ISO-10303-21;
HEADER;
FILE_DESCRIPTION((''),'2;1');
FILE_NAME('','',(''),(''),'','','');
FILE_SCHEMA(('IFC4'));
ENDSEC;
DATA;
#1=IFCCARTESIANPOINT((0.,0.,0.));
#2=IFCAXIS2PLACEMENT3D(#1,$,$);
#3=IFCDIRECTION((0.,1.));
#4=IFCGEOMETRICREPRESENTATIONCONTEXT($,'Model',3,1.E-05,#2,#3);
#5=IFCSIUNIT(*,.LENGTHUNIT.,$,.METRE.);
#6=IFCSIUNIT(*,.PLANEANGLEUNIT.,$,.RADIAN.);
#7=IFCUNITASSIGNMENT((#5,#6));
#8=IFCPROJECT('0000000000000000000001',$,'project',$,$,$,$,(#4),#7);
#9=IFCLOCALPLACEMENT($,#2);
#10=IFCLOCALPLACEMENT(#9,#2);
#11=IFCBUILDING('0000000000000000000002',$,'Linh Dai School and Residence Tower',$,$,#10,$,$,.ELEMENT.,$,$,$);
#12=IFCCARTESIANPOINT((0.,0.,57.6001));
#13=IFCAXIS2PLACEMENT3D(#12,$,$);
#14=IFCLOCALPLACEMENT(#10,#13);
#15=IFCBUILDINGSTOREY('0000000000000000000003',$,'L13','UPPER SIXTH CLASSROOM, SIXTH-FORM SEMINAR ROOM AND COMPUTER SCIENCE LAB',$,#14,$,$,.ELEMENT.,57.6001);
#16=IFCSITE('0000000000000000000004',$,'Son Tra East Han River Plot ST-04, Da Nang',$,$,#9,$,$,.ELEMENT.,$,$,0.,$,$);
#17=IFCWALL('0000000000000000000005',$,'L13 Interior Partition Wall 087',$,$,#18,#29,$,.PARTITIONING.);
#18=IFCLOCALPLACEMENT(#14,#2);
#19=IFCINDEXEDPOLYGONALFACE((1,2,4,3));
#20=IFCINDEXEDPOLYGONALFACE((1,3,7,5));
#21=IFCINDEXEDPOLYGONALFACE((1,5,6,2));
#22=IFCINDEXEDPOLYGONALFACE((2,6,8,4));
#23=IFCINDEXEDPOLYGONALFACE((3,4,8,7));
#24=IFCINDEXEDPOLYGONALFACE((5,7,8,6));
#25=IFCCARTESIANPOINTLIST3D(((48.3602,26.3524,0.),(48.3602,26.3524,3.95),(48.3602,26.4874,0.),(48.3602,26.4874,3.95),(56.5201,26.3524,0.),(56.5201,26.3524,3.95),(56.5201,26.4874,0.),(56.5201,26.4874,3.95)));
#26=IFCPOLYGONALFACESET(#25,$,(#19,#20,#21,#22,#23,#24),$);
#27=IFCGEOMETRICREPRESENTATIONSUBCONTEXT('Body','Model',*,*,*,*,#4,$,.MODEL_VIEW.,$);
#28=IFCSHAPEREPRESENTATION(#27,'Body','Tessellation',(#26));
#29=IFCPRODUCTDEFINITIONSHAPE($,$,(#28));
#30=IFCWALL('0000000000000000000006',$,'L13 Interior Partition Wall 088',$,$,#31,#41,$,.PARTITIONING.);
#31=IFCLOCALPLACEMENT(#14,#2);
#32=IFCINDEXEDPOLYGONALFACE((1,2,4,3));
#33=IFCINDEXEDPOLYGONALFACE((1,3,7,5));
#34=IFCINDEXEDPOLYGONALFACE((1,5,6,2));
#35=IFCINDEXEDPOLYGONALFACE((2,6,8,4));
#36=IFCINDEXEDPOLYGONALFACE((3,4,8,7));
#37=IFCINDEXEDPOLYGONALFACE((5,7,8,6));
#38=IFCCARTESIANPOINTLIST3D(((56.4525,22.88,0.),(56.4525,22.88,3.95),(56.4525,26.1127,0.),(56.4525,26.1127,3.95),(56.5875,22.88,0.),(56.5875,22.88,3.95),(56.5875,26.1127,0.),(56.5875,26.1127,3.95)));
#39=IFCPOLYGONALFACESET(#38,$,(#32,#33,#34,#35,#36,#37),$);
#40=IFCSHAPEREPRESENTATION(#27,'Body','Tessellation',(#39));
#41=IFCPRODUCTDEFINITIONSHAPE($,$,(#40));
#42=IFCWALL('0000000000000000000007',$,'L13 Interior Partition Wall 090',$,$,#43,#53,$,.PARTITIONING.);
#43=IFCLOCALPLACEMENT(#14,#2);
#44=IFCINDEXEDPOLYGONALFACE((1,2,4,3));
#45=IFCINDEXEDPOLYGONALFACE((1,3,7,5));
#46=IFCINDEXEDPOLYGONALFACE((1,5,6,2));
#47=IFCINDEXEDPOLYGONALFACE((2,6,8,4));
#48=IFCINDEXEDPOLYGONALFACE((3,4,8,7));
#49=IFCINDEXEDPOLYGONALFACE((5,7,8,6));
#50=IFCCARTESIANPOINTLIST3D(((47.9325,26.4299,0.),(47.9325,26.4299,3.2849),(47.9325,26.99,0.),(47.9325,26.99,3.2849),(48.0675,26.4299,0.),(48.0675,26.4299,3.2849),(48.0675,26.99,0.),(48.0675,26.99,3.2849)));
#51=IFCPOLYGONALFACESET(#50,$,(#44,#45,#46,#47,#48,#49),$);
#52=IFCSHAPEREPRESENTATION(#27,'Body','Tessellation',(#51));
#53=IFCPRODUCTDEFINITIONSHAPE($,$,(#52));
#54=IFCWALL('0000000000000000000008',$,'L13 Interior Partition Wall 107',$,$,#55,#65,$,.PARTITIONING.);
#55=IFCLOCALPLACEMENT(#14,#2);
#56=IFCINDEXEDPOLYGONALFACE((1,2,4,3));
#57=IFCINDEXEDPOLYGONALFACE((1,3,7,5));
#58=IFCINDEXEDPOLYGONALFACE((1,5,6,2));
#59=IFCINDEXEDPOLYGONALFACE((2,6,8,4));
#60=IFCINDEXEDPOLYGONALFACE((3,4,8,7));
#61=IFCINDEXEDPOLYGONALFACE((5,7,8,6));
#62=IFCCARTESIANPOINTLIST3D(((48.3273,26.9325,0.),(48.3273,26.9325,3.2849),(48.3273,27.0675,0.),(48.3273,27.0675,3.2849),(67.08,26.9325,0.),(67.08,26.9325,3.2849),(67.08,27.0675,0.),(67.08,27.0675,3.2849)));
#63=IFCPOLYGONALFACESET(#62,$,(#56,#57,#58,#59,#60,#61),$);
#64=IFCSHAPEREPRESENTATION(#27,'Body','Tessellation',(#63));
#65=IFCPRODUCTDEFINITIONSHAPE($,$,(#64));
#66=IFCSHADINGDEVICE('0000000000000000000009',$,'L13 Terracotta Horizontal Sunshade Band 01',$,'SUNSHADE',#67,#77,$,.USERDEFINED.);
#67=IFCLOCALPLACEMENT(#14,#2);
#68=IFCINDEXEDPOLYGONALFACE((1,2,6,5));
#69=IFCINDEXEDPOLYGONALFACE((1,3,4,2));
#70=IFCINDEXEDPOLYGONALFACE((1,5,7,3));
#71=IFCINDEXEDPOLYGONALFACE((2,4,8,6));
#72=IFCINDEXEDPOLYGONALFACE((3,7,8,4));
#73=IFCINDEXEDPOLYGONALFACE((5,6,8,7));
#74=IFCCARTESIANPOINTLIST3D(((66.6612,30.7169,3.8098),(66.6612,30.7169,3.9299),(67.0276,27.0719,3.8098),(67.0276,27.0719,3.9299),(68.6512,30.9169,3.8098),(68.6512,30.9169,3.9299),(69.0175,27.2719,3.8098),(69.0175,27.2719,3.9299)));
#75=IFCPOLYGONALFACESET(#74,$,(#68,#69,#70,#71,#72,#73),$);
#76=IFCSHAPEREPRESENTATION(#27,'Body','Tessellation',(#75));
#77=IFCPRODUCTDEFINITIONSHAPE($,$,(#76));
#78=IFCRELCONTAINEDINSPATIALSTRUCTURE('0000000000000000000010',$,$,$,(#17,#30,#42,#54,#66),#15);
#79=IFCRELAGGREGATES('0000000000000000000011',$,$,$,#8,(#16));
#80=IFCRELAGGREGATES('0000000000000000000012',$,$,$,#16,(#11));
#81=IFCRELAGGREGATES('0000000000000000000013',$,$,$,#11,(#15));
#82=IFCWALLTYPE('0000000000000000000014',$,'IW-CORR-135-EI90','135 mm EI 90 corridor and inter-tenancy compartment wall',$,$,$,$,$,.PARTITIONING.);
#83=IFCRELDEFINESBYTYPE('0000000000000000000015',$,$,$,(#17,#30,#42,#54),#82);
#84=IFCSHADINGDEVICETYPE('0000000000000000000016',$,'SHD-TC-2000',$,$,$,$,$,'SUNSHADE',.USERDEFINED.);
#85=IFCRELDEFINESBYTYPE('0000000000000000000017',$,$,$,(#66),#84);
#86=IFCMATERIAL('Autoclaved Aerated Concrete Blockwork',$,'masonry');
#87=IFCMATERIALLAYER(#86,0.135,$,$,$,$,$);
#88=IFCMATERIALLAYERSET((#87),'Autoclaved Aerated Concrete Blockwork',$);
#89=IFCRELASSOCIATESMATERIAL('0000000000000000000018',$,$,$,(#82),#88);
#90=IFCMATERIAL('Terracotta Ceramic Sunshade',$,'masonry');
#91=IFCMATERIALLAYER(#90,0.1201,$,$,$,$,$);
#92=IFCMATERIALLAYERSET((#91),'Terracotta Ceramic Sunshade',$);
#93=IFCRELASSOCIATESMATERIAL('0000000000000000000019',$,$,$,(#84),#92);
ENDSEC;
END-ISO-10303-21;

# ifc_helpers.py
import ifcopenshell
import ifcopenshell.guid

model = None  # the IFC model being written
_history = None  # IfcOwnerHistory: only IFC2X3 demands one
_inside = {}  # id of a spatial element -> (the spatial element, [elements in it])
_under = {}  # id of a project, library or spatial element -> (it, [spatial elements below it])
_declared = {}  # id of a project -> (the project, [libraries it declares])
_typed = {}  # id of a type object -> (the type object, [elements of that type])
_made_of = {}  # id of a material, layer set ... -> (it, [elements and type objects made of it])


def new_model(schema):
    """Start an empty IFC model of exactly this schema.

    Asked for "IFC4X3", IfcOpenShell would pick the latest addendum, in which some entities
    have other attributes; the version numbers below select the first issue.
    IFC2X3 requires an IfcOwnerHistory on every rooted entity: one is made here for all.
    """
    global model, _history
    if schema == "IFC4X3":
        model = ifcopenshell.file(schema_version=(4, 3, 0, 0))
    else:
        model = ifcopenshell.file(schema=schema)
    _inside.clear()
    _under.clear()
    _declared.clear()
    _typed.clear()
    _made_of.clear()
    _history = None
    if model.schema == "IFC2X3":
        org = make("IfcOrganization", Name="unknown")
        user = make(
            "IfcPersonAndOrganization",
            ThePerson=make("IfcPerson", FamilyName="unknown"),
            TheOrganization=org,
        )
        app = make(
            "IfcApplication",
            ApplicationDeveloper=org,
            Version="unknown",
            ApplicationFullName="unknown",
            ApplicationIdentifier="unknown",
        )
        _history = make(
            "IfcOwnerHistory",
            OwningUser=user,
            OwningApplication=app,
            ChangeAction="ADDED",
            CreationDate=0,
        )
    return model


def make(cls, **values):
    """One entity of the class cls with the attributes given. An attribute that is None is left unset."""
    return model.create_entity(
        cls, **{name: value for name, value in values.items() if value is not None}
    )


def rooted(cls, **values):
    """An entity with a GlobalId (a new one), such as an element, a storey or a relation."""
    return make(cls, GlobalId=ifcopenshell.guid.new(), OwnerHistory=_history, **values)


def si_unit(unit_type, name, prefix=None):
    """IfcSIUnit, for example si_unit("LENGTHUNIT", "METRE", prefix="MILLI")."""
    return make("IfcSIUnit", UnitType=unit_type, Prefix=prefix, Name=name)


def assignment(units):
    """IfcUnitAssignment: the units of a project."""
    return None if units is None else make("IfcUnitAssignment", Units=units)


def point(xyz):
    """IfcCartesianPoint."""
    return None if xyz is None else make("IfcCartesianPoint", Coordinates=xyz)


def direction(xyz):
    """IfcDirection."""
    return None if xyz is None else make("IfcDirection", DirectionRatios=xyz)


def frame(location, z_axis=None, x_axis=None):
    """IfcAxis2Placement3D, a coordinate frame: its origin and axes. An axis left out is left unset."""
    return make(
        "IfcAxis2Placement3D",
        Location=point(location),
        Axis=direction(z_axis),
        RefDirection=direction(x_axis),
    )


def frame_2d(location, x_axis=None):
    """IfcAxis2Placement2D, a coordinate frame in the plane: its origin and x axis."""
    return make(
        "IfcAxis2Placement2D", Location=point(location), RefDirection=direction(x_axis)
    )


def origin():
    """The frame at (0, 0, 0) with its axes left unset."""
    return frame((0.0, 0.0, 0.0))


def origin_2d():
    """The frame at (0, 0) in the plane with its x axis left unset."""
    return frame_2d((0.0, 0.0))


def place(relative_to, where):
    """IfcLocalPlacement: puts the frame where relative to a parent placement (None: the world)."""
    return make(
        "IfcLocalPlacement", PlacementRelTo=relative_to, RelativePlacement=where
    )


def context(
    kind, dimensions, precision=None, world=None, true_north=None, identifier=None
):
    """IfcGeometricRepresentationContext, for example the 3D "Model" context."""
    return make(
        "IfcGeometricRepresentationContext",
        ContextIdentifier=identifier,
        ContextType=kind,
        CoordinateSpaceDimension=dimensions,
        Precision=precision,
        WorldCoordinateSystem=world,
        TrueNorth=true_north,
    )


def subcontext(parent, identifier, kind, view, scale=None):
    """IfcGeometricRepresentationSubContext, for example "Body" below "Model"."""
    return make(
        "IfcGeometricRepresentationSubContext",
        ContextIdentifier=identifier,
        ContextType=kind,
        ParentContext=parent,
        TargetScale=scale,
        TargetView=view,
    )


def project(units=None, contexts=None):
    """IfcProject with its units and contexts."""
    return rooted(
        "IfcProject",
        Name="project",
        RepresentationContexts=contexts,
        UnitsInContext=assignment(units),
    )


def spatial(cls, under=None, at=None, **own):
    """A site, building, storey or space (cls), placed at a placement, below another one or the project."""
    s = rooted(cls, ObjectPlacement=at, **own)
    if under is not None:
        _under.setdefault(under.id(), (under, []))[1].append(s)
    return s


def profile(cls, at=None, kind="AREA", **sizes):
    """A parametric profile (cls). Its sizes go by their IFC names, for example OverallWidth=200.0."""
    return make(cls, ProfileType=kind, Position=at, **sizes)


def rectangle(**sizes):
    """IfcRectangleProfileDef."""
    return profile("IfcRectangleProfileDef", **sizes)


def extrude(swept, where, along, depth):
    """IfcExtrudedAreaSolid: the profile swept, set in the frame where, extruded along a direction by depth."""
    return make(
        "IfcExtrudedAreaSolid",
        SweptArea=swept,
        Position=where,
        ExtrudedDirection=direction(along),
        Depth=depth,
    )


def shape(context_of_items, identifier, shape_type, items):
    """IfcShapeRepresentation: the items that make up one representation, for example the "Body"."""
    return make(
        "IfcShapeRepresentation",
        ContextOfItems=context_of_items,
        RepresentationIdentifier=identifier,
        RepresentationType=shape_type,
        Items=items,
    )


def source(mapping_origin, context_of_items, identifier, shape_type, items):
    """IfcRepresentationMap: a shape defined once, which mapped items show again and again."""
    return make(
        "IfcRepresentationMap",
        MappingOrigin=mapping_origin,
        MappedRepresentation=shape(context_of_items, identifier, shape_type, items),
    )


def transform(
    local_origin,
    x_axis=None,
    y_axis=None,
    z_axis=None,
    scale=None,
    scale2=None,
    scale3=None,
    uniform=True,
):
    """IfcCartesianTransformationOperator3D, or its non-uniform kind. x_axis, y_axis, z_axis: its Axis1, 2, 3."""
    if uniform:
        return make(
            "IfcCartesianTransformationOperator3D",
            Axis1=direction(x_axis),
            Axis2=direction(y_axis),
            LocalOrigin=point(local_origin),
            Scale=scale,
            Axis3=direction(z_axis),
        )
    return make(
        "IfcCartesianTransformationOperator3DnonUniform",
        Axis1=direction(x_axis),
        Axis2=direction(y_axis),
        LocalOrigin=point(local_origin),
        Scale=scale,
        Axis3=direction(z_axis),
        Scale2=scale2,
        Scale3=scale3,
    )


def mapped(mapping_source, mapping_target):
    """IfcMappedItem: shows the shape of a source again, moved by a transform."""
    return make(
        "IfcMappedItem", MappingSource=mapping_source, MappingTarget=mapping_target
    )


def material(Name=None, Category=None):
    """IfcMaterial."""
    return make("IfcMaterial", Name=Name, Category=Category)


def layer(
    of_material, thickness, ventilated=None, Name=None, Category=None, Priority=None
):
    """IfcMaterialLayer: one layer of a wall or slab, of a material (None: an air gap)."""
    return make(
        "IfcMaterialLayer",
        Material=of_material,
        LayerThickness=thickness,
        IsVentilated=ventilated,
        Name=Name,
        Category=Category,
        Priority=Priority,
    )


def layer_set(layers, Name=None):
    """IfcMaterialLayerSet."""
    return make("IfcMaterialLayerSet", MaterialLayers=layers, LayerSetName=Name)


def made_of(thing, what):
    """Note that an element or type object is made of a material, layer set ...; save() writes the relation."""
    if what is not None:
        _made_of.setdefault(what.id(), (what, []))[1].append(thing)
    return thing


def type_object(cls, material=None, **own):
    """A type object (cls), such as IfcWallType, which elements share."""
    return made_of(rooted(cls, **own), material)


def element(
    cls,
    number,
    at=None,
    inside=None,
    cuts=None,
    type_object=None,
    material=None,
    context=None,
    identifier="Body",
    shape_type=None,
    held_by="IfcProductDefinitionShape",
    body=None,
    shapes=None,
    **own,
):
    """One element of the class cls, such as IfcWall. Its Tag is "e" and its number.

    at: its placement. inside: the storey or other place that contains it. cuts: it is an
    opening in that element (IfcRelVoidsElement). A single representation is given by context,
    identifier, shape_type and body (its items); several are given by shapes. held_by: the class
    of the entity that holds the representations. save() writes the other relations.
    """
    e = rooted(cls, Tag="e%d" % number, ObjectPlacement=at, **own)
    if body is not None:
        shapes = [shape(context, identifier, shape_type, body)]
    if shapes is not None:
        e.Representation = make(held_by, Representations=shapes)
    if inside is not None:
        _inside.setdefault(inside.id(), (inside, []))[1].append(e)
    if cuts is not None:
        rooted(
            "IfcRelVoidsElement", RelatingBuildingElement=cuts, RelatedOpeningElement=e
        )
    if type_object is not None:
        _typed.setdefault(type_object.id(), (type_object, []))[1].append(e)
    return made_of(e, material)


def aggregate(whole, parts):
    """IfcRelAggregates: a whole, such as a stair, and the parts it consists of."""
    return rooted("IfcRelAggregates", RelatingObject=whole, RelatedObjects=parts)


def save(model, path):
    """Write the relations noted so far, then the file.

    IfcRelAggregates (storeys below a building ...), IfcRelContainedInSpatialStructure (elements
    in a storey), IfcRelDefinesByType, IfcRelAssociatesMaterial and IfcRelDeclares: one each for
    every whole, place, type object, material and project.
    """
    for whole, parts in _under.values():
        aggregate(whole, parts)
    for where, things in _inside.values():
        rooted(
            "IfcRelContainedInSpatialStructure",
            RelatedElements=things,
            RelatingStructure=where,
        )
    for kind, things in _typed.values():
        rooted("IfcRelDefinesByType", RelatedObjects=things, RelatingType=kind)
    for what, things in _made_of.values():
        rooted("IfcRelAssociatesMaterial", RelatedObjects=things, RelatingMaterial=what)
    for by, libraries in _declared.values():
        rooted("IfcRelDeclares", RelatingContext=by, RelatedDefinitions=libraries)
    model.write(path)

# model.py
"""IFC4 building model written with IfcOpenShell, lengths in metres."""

from ifc_helpers import new_model, si_unit, direction, frame, frame_2d, origin, origin_2d, place, context, subcontext, project, spatial, rectangle, extrude, source, transform, mapped, material, layer, layer_set, type_object, element, save


model = new_model("IFC4")

# Units and contexts
model_context = context("Model", 3, precision=1e-05, world=origin(), true_north=direction((0.0, 1.0)))
body_context = subcontext(model_context, "Body", "Model", "MODEL_VIEW")
ifc_project = project(units=[si_unit("LENGTHUNIT", "METRE"), si_unit("PLANEANGLEUNIT", "RADIAN")], contexts=[model_context])

# Site, building, storey
site_placement = place(None, origin())
site = spatial("IfcSite", under=ifc_project, at=site_placement, Name="Son Tra East Han River Plot ST-04, Da Nang", CompositionType="ELEMENT", RefElevation=0.0)
building_placement = place(site_placement, origin())
building = spatial("IfcBuilding", under=site, at=building_placement, Name="Linh Dai School and Residence Tower", CompositionType="ELEMENT")
storey_placement = place(building_placement, frame((0.0, 0.0, 57.6001)))
storey = spatial("IfcBuildingStorey", under=building, at=storey_placement, Name="L13", Description="UPPER SIXTH CLASSROOM, SIXTH-FORM SEMINAR ROOM AND COMPUTER SCIENCE LAB", CompositionType="ELEMENT", Elevation=57.6001)

# Shared definitions
ifc_material_1 = material(Name="Autoclaved Aerated Concrete Blockwork", Category="masonry")
ifc_layer_1 = layer(ifc_material_1, 0.135)
ifc_layer_set_1 = layer_set([ifc_layer_1], Name="Autoclaved Aerated Concrete Blockwork")
wall_type_1 = type_object("IfcWallType", Name="IW-CORR-135-EI90", Description="135 mm EI 90 corridor and inter-tenancy compartment wall", PredefinedType="PARTITIONING", material=ifc_layer_set_1)

# Walls
wall_1_placement = place(storey_placement, frame((48.3601, 26.4199, 0.0), z_axis=(0.0, 0.0, 1.0), x_axis=(1.0, 0.0, 0.0)))
element("IfcWall", 1, at=wall_1_placement, inside=storey, type_object=wall_type_1, Name="L13 Interior Partition Wall 087", PredefinedType="PARTITIONING", context=body_context, shape_type="SweptSolid", body=[
    extrude(rectangle(XDim=8.1599, YDim=0.135, at=frame_2d((4.0801, 0.0))), origin(), (0.0, 0.0, 1.0), 3.95),
])
wall_2_placement = place(storey_placement, frame((56.52, 26.1125, 0.0), z_axis=(0.0, 0.0, 1.0), x_axis=(0.0, -1.0, 0.0)))
element("IfcWall", 2, at=wall_2_placement, inside=storey, type_object=wall_type_1, Name="L13 Interior Partition Wall 088", PredefinedType="PARTITIONING", context=body_context, shape_type="SweptSolid", body=[
    extrude(rectangle(XDim=3.2327, YDim=0.135, at=frame_2d((1.6162, 0.0))), origin(), (0.0, 0.0, 1.0), 3.95),
])
wall_3_placement = place(storey_placement, frame((48.0, 26.99, 0.0), z_axis=(0.0, 0.0, 1.0), x_axis=(0.0, -1.0, 0.0)))
element("IfcWall", 3, at=wall_3_placement, inside=storey, type_object=wall_type_1, Name="L13 Interior Partition Wall 090", PredefinedType="PARTITIONING", context=body_context, shape_type="SweptSolid", body=[
    extrude(rectangle(XDim=0.5601, YDim=0.135, at=frame_2d((0.28, 0.0))), origin(), (0.0, 0.0, 1.0), 3.2849),
])
wall_4_placement = place(storey_placement, frame((67.0801, 27.0, 0.0), z_axis=(0.0, 0.0, 1.0), x_axis=(-1.0, 0.0, 0.0)))
element("IfcWall", 4, at=wall_4_placement, inside=storey, type_object=wall_type_1, Name="L13 Interior Partition Wall 107", PredefinedType="PARTITIONING", context=body_context, shape_type="SweptSolid", body=[
    extrude(rectangle(XDim=18.7527, YDim=0.135, at=frame_2d((9.3765, 0.0))), origin(), (0.0, 0.0, 1.0), 3.2849),
])

# Shading device
ifc_material_2 = material(Name="Terracotta Ceramic Sunshade", Category="masonry")
ifc_layer_2 = layer(ifc_material_2, 0.1201)
ifc_layer_set_2 = layer_set([ifc_layer_2], Name="Terracotta Ceramic Sunshade")
shading_device_type = type_object("IfcShadingDeviceType", Name="SHD-TC-2000", ElementType="SUNSHADE", PredefinedType="USERDEFINED", material=ifc_layer_set_2)
shared_shape_1 = source(origin(), body_context, "Body", "SweptSolid", [
    extrude(rectangle(XDim=3.6633, YDim=2.0, at=origin_2d()), origin(), (0.0, 0.0, 1.0), 0.1201),
])
shading_device_placement = place(storey_placement, frame((67.8394, 28.9944, 3.8098), z_axis=(0.0, 0.0, 1.0), x_axis=(0.100009, -0.994986, 0.0)))
element("IfcShadingDevice", 5, at=shading_device_placement, inside=storey, type_object=shading_device_type, Name="L13 Terracotta Horizontal Sunshade Band 01", ObjectType="SUNSHADE", PredefinedType="USERDEFINED", context=body_context, shape_type="MappedRepresentation", body=[
    mapped(shared_shape_1, transform((0.0, 0.0, 0.0), x_axis=(1.0, 0.0, 0.0), y_axis=(0.0, 1.0, 0.0), z_axis=(0.0, 0.0, 1.0), scale=1.0)),
])

save(model, "model.ifc")
